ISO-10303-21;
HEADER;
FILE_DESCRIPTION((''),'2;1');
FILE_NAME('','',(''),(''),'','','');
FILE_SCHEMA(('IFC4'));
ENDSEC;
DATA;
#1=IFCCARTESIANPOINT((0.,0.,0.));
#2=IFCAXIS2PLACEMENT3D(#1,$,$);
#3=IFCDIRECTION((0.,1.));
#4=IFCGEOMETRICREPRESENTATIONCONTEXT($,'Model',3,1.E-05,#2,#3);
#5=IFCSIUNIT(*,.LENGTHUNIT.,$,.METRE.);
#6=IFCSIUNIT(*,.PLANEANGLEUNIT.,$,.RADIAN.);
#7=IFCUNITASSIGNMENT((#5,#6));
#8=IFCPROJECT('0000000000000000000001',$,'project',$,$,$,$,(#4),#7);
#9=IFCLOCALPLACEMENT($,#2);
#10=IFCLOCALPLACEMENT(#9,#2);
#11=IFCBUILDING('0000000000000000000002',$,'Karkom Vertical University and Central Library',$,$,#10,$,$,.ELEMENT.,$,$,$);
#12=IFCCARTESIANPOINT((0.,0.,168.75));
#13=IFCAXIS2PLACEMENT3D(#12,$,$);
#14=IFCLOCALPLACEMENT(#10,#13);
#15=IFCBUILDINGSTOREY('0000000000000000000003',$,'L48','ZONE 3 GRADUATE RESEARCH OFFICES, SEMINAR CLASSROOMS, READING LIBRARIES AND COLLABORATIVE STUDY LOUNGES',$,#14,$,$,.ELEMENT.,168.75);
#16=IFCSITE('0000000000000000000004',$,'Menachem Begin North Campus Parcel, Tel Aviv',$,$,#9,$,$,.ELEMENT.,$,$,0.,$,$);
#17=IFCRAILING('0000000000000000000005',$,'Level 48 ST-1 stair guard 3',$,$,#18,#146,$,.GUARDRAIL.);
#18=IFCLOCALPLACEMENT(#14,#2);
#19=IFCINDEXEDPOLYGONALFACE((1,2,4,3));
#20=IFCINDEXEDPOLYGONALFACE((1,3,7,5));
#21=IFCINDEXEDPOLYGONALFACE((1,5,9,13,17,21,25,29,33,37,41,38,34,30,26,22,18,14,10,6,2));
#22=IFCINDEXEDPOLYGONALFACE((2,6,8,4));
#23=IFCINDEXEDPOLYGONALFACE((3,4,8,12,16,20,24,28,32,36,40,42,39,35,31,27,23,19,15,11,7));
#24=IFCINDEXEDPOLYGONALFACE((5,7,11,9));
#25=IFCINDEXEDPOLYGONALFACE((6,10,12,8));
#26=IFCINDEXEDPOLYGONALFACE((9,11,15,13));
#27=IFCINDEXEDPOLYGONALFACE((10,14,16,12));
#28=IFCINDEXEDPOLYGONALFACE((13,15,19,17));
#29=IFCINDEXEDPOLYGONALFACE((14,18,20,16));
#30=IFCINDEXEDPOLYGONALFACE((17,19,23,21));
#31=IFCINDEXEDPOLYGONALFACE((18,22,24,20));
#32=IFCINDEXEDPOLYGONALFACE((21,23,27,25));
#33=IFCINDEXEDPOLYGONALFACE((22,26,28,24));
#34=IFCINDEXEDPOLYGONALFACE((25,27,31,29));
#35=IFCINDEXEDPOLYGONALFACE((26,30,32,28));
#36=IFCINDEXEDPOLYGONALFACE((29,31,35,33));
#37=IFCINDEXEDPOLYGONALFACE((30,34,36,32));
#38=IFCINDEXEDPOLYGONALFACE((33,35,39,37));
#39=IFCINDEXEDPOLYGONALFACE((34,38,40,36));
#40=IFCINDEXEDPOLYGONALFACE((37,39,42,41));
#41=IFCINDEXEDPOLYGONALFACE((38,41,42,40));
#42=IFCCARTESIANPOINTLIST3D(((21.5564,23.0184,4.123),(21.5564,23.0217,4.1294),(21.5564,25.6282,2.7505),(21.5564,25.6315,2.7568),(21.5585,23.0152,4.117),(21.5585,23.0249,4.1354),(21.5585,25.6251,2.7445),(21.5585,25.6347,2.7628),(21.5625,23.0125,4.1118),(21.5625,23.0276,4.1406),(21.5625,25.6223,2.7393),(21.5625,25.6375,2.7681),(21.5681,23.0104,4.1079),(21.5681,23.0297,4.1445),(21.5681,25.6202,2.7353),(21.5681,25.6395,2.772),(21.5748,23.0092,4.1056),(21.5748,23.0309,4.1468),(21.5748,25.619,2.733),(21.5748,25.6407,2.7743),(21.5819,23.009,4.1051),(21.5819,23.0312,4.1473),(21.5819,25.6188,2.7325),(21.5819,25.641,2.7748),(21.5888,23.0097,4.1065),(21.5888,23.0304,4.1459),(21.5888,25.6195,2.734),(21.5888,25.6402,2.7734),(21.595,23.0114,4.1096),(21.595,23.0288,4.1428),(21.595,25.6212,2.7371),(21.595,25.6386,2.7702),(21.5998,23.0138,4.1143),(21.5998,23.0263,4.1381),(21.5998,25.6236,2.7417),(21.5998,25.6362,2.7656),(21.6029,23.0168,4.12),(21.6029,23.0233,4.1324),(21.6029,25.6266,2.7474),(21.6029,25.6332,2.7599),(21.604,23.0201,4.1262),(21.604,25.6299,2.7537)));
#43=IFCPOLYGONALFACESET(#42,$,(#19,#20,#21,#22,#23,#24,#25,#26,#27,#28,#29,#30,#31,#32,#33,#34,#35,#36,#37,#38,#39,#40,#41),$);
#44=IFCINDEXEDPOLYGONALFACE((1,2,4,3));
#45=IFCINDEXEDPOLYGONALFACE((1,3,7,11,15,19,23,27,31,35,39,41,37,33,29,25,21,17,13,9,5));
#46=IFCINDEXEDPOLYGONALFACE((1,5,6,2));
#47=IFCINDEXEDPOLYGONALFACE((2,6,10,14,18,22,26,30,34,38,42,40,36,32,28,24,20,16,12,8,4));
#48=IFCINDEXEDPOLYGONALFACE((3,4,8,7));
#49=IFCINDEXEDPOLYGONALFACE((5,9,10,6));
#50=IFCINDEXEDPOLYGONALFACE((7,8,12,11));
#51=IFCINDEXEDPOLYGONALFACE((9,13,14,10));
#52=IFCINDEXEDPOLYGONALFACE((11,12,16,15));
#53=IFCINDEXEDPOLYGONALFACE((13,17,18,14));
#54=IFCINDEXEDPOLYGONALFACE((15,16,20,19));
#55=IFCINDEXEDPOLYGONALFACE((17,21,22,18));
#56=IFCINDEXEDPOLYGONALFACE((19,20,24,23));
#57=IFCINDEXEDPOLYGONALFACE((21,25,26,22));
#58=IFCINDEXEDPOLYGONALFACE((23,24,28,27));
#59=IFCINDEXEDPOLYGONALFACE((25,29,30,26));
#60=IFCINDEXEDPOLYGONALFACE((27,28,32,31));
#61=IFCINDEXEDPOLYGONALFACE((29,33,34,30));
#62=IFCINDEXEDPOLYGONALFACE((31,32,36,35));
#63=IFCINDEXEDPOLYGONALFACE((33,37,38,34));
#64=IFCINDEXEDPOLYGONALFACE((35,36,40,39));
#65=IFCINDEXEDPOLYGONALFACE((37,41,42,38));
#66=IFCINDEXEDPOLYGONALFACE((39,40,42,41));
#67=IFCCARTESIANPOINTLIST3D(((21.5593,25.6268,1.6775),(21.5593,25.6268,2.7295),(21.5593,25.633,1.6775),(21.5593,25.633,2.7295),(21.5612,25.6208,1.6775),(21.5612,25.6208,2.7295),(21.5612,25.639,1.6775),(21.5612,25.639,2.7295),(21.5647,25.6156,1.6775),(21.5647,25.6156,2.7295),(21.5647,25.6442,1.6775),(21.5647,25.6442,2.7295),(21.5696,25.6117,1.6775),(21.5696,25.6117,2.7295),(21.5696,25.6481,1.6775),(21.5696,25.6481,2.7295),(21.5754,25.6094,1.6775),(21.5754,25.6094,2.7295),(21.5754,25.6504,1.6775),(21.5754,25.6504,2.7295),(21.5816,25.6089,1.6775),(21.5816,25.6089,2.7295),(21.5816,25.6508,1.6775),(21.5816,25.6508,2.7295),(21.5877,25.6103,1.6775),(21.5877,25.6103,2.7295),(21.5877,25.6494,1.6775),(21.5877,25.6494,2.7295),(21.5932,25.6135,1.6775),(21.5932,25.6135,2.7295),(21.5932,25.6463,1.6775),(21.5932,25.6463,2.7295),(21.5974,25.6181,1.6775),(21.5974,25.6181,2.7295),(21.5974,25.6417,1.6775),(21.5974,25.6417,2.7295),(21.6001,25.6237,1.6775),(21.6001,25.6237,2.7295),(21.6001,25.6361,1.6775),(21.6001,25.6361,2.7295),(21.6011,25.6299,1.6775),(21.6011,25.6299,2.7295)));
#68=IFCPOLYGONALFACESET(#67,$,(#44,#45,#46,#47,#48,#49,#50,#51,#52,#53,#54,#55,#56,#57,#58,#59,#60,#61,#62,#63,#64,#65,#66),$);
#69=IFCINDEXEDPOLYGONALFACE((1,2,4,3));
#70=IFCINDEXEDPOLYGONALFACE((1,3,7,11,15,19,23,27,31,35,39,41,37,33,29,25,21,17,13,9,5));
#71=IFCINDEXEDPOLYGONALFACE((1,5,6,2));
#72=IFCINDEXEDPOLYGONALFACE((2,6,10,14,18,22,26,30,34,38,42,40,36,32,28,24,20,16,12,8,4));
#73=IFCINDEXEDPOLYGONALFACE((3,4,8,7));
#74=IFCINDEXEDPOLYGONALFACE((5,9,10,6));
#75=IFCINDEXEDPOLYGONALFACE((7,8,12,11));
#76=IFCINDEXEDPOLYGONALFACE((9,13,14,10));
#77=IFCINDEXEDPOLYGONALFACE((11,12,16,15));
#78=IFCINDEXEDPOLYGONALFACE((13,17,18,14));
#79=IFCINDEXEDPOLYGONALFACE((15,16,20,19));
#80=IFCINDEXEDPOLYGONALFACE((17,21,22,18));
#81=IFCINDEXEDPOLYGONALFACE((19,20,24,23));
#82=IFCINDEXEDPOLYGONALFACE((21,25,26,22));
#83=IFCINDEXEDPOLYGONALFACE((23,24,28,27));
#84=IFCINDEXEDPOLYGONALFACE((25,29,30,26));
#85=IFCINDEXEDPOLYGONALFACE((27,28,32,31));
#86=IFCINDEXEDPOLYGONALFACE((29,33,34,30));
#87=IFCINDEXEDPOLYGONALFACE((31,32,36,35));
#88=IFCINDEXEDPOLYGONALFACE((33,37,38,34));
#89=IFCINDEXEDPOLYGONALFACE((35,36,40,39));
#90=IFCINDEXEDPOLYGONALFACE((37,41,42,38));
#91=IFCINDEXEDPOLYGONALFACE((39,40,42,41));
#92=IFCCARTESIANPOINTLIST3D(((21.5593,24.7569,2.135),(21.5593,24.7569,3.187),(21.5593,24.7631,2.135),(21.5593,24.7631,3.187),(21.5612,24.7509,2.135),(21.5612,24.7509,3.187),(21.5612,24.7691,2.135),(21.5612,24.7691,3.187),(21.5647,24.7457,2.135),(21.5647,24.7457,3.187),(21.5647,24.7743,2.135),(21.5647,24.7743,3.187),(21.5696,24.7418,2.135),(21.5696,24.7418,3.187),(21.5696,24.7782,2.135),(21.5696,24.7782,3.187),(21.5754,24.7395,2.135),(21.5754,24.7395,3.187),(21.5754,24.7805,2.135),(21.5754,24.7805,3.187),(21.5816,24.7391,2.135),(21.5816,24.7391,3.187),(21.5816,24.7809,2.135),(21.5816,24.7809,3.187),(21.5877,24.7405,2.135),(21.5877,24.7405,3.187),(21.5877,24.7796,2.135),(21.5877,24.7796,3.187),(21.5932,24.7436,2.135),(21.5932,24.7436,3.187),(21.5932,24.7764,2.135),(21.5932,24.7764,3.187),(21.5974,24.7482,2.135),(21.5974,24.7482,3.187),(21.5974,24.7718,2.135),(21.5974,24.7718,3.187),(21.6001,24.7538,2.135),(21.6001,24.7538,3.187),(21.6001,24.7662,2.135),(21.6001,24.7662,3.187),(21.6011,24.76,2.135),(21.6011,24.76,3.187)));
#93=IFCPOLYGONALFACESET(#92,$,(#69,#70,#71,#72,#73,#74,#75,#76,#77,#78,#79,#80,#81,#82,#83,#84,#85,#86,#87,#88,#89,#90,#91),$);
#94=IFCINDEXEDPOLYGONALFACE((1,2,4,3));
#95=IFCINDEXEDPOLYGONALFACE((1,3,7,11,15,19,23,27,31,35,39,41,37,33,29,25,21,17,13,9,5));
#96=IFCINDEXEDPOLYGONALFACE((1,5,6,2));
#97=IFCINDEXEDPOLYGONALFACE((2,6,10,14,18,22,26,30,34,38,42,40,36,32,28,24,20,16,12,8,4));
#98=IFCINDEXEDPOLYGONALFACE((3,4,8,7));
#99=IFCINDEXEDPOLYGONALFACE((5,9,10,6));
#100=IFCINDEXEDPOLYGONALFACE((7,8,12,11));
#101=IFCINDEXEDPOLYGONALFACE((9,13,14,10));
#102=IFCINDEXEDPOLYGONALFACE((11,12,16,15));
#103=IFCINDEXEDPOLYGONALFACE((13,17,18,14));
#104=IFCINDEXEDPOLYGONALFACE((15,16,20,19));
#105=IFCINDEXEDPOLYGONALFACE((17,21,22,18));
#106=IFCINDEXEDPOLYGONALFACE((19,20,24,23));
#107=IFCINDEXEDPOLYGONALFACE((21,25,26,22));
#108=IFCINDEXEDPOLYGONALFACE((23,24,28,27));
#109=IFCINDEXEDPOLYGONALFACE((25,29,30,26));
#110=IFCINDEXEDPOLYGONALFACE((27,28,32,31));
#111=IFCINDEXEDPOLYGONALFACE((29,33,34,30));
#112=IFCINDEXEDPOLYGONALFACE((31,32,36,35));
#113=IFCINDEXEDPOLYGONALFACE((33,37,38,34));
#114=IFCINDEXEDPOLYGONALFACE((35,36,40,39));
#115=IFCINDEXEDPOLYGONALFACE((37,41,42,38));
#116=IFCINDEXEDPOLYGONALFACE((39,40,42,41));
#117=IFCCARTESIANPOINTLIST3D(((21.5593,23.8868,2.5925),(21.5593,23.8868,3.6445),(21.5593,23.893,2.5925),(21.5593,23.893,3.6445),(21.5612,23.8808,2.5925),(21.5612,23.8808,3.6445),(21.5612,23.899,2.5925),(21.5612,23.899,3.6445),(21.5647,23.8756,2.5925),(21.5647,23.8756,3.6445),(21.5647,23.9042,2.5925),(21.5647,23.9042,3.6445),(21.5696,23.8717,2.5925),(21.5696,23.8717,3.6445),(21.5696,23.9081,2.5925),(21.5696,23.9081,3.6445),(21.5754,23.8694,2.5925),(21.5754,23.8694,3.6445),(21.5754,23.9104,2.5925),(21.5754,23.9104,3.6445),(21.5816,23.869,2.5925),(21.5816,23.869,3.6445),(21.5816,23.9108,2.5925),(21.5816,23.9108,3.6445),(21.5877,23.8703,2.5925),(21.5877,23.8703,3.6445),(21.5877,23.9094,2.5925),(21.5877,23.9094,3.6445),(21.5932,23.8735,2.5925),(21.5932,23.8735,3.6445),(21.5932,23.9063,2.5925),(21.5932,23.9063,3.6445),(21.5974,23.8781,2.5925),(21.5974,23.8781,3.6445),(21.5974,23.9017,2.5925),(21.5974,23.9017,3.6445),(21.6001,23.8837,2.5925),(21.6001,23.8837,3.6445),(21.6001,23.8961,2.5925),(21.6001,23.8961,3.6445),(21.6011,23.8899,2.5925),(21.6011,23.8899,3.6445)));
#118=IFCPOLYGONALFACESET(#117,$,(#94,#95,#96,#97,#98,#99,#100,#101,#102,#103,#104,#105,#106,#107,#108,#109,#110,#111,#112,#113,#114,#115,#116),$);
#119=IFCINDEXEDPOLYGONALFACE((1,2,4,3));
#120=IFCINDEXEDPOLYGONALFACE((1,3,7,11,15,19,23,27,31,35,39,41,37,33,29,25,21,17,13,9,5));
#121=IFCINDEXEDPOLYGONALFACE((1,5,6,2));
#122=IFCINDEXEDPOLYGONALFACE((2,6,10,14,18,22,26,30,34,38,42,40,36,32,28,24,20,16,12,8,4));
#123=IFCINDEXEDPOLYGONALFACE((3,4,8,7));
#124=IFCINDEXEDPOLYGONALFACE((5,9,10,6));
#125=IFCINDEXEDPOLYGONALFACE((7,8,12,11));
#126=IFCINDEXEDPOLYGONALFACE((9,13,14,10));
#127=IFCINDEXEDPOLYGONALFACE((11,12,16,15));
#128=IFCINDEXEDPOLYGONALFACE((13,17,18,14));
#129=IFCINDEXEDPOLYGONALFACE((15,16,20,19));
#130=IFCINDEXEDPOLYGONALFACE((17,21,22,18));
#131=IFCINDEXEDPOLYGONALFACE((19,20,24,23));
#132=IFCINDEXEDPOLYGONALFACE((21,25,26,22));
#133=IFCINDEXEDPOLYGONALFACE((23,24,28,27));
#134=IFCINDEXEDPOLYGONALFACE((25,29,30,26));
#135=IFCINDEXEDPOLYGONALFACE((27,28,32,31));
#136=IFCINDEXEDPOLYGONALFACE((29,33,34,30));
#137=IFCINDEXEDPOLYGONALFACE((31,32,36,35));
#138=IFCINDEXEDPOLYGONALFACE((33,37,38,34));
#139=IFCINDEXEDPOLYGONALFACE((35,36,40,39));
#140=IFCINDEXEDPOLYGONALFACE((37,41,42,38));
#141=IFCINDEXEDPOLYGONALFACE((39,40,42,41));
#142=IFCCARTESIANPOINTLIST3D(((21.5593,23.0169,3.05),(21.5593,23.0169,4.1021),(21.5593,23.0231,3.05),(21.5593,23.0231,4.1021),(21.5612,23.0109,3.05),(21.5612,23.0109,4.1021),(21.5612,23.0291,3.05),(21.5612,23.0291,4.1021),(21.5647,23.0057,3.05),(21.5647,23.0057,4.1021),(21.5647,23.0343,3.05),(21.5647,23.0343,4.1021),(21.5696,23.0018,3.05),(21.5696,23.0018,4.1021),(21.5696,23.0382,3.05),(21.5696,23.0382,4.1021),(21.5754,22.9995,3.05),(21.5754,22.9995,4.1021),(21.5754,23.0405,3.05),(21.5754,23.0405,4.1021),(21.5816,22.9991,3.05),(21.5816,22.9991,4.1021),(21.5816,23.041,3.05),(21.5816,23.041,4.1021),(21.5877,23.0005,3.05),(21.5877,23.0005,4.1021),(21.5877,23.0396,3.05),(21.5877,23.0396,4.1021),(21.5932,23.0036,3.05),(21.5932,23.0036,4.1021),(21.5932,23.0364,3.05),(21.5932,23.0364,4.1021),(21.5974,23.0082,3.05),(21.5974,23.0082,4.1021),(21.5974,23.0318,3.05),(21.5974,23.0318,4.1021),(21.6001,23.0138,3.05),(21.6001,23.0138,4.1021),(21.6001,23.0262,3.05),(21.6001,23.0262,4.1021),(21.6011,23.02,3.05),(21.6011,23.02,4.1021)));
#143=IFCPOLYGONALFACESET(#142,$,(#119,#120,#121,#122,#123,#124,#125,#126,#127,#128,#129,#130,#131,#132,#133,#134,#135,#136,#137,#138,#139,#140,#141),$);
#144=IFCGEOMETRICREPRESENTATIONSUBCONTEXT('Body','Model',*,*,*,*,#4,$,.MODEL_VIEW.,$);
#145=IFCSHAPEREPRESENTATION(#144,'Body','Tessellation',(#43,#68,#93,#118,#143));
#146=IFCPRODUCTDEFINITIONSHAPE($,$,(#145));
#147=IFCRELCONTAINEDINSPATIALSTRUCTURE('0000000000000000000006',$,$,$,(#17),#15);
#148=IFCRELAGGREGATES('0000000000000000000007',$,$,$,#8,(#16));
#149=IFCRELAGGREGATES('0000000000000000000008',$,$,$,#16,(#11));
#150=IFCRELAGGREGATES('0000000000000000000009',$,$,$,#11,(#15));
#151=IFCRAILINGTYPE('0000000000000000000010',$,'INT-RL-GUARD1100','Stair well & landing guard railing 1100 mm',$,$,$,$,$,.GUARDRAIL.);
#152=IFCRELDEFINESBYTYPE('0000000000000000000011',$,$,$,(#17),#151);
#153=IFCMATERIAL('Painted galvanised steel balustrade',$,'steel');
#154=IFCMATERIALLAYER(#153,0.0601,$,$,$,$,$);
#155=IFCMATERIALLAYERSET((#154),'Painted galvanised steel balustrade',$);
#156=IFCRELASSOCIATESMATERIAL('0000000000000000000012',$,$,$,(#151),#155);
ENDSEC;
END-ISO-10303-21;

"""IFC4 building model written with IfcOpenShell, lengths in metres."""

from ifc_helpers import new_model, si_unit, direction, frame, origin, origin_2d, place, context, subcontext, project, spatial, circle, extrude, material, layer, layer_set, type_object, element, save


model = new_model("IFC4")

# Units and contexts
model_context = context("Model", 3, precision=1e-05, world=origin(), true_north=direction((0.0, 1.0)))
body_context = subcontext(model_context, "Body", "Model", "MODEL_VIEW")
ifc_project = project(units=[si_unit("LENGTHUNIT", "METRE"), si_unit("PLANEANGLEUNIT", "RADIAN")], contexts=[model_context])

# Site, building, storey
site_placement = place(None, origin())
site = spatial("IfcSite", under=ifc_project, at=site_placement, Name="Menachem Begin North Campus Parcel, Tel Aviv", CompositionType="ELEMENT", RefElevation=0.0)
building_placement = place(site_placement, origin())
building = spatial("IfcBuilding", under=site, at=building_placement, Name="Karkom Vertical University and Central Library", CompositionType="ELEMENT")
storey_placement = place(building_placement, frame((0.0, 0.0, 168.75)))
storey = spatial("IfcBuildingStorey", under=building, at=storey_placement, Name="L48", Description="ZONE 3 GRADUATE RESEARCH OFFICES, SEMINAR CLASSROOMS, READING LIBRARIES AND COLLABORATIVE STUDY LOUNGES", CompositionType="ELEMENT", Elevation=168.75)

# Railing
ifc_material_1 = material(Name="Painted galvanised steel balustrade", Category="steel")
ifc_layer_1 = layer(ifc_material_1, 0.0601)
ifc_layer_set_1 = layer_set([ifc_layer_1], Name="Painted galvanised steel balustrade")
railing_type_1 = type_object("IfcRailingType", Name="INT-RL-GUARD1100", Description="Stair well & landing guard railing 1100 mm", PredefinedType="GUARDRAIL", material=ifc_layer_set_1)
railing_1_placement = place(storey_placement, frame((21.5801, 25.6299, 1.6775)))
element("IfcRailing", 1, at=railing_1_placement, inside=storey, type_object=railing_type_1, Name="Level 48 ST-1 stair guard 3", PredefinedType="GUARDRAIL", context=body_context, shape_type="SweptSolid", body=[
    extrude(circle(Radius=0.0239, at=origin_2d()), frame((0.0, 0.0, 1.0762), z_axis=(0.0, -0.885065, 0.465467), x_axis=(1.0, 0.0, 0.0)), (0.0, 0.0, 1.0), 2.9487),
    extrude(circle(Radius=0.021, at=origin_2d()), origin(), (0.0, 0.0, 1.0), 1.052),
    extrude(circle(Radius=0.021, at=origin_2d()), frame((0.0, -0.8699, 0.4575)), (0.0, 0.0, 1.0), 1.052),
    extrude(circle(Radius=0.021, at=origin_2d()), frame((0.0, -1.74, 0.915)), (0.0, 0.0, 1.0), 1.052),
    extrude(circle(Radius=0.021, at=origin_2d()), frame((0.0, -2.6099, 1.3726)), (0.0, 0.0, 1.0), 1.052),
])

save(model, "model.ifc")
